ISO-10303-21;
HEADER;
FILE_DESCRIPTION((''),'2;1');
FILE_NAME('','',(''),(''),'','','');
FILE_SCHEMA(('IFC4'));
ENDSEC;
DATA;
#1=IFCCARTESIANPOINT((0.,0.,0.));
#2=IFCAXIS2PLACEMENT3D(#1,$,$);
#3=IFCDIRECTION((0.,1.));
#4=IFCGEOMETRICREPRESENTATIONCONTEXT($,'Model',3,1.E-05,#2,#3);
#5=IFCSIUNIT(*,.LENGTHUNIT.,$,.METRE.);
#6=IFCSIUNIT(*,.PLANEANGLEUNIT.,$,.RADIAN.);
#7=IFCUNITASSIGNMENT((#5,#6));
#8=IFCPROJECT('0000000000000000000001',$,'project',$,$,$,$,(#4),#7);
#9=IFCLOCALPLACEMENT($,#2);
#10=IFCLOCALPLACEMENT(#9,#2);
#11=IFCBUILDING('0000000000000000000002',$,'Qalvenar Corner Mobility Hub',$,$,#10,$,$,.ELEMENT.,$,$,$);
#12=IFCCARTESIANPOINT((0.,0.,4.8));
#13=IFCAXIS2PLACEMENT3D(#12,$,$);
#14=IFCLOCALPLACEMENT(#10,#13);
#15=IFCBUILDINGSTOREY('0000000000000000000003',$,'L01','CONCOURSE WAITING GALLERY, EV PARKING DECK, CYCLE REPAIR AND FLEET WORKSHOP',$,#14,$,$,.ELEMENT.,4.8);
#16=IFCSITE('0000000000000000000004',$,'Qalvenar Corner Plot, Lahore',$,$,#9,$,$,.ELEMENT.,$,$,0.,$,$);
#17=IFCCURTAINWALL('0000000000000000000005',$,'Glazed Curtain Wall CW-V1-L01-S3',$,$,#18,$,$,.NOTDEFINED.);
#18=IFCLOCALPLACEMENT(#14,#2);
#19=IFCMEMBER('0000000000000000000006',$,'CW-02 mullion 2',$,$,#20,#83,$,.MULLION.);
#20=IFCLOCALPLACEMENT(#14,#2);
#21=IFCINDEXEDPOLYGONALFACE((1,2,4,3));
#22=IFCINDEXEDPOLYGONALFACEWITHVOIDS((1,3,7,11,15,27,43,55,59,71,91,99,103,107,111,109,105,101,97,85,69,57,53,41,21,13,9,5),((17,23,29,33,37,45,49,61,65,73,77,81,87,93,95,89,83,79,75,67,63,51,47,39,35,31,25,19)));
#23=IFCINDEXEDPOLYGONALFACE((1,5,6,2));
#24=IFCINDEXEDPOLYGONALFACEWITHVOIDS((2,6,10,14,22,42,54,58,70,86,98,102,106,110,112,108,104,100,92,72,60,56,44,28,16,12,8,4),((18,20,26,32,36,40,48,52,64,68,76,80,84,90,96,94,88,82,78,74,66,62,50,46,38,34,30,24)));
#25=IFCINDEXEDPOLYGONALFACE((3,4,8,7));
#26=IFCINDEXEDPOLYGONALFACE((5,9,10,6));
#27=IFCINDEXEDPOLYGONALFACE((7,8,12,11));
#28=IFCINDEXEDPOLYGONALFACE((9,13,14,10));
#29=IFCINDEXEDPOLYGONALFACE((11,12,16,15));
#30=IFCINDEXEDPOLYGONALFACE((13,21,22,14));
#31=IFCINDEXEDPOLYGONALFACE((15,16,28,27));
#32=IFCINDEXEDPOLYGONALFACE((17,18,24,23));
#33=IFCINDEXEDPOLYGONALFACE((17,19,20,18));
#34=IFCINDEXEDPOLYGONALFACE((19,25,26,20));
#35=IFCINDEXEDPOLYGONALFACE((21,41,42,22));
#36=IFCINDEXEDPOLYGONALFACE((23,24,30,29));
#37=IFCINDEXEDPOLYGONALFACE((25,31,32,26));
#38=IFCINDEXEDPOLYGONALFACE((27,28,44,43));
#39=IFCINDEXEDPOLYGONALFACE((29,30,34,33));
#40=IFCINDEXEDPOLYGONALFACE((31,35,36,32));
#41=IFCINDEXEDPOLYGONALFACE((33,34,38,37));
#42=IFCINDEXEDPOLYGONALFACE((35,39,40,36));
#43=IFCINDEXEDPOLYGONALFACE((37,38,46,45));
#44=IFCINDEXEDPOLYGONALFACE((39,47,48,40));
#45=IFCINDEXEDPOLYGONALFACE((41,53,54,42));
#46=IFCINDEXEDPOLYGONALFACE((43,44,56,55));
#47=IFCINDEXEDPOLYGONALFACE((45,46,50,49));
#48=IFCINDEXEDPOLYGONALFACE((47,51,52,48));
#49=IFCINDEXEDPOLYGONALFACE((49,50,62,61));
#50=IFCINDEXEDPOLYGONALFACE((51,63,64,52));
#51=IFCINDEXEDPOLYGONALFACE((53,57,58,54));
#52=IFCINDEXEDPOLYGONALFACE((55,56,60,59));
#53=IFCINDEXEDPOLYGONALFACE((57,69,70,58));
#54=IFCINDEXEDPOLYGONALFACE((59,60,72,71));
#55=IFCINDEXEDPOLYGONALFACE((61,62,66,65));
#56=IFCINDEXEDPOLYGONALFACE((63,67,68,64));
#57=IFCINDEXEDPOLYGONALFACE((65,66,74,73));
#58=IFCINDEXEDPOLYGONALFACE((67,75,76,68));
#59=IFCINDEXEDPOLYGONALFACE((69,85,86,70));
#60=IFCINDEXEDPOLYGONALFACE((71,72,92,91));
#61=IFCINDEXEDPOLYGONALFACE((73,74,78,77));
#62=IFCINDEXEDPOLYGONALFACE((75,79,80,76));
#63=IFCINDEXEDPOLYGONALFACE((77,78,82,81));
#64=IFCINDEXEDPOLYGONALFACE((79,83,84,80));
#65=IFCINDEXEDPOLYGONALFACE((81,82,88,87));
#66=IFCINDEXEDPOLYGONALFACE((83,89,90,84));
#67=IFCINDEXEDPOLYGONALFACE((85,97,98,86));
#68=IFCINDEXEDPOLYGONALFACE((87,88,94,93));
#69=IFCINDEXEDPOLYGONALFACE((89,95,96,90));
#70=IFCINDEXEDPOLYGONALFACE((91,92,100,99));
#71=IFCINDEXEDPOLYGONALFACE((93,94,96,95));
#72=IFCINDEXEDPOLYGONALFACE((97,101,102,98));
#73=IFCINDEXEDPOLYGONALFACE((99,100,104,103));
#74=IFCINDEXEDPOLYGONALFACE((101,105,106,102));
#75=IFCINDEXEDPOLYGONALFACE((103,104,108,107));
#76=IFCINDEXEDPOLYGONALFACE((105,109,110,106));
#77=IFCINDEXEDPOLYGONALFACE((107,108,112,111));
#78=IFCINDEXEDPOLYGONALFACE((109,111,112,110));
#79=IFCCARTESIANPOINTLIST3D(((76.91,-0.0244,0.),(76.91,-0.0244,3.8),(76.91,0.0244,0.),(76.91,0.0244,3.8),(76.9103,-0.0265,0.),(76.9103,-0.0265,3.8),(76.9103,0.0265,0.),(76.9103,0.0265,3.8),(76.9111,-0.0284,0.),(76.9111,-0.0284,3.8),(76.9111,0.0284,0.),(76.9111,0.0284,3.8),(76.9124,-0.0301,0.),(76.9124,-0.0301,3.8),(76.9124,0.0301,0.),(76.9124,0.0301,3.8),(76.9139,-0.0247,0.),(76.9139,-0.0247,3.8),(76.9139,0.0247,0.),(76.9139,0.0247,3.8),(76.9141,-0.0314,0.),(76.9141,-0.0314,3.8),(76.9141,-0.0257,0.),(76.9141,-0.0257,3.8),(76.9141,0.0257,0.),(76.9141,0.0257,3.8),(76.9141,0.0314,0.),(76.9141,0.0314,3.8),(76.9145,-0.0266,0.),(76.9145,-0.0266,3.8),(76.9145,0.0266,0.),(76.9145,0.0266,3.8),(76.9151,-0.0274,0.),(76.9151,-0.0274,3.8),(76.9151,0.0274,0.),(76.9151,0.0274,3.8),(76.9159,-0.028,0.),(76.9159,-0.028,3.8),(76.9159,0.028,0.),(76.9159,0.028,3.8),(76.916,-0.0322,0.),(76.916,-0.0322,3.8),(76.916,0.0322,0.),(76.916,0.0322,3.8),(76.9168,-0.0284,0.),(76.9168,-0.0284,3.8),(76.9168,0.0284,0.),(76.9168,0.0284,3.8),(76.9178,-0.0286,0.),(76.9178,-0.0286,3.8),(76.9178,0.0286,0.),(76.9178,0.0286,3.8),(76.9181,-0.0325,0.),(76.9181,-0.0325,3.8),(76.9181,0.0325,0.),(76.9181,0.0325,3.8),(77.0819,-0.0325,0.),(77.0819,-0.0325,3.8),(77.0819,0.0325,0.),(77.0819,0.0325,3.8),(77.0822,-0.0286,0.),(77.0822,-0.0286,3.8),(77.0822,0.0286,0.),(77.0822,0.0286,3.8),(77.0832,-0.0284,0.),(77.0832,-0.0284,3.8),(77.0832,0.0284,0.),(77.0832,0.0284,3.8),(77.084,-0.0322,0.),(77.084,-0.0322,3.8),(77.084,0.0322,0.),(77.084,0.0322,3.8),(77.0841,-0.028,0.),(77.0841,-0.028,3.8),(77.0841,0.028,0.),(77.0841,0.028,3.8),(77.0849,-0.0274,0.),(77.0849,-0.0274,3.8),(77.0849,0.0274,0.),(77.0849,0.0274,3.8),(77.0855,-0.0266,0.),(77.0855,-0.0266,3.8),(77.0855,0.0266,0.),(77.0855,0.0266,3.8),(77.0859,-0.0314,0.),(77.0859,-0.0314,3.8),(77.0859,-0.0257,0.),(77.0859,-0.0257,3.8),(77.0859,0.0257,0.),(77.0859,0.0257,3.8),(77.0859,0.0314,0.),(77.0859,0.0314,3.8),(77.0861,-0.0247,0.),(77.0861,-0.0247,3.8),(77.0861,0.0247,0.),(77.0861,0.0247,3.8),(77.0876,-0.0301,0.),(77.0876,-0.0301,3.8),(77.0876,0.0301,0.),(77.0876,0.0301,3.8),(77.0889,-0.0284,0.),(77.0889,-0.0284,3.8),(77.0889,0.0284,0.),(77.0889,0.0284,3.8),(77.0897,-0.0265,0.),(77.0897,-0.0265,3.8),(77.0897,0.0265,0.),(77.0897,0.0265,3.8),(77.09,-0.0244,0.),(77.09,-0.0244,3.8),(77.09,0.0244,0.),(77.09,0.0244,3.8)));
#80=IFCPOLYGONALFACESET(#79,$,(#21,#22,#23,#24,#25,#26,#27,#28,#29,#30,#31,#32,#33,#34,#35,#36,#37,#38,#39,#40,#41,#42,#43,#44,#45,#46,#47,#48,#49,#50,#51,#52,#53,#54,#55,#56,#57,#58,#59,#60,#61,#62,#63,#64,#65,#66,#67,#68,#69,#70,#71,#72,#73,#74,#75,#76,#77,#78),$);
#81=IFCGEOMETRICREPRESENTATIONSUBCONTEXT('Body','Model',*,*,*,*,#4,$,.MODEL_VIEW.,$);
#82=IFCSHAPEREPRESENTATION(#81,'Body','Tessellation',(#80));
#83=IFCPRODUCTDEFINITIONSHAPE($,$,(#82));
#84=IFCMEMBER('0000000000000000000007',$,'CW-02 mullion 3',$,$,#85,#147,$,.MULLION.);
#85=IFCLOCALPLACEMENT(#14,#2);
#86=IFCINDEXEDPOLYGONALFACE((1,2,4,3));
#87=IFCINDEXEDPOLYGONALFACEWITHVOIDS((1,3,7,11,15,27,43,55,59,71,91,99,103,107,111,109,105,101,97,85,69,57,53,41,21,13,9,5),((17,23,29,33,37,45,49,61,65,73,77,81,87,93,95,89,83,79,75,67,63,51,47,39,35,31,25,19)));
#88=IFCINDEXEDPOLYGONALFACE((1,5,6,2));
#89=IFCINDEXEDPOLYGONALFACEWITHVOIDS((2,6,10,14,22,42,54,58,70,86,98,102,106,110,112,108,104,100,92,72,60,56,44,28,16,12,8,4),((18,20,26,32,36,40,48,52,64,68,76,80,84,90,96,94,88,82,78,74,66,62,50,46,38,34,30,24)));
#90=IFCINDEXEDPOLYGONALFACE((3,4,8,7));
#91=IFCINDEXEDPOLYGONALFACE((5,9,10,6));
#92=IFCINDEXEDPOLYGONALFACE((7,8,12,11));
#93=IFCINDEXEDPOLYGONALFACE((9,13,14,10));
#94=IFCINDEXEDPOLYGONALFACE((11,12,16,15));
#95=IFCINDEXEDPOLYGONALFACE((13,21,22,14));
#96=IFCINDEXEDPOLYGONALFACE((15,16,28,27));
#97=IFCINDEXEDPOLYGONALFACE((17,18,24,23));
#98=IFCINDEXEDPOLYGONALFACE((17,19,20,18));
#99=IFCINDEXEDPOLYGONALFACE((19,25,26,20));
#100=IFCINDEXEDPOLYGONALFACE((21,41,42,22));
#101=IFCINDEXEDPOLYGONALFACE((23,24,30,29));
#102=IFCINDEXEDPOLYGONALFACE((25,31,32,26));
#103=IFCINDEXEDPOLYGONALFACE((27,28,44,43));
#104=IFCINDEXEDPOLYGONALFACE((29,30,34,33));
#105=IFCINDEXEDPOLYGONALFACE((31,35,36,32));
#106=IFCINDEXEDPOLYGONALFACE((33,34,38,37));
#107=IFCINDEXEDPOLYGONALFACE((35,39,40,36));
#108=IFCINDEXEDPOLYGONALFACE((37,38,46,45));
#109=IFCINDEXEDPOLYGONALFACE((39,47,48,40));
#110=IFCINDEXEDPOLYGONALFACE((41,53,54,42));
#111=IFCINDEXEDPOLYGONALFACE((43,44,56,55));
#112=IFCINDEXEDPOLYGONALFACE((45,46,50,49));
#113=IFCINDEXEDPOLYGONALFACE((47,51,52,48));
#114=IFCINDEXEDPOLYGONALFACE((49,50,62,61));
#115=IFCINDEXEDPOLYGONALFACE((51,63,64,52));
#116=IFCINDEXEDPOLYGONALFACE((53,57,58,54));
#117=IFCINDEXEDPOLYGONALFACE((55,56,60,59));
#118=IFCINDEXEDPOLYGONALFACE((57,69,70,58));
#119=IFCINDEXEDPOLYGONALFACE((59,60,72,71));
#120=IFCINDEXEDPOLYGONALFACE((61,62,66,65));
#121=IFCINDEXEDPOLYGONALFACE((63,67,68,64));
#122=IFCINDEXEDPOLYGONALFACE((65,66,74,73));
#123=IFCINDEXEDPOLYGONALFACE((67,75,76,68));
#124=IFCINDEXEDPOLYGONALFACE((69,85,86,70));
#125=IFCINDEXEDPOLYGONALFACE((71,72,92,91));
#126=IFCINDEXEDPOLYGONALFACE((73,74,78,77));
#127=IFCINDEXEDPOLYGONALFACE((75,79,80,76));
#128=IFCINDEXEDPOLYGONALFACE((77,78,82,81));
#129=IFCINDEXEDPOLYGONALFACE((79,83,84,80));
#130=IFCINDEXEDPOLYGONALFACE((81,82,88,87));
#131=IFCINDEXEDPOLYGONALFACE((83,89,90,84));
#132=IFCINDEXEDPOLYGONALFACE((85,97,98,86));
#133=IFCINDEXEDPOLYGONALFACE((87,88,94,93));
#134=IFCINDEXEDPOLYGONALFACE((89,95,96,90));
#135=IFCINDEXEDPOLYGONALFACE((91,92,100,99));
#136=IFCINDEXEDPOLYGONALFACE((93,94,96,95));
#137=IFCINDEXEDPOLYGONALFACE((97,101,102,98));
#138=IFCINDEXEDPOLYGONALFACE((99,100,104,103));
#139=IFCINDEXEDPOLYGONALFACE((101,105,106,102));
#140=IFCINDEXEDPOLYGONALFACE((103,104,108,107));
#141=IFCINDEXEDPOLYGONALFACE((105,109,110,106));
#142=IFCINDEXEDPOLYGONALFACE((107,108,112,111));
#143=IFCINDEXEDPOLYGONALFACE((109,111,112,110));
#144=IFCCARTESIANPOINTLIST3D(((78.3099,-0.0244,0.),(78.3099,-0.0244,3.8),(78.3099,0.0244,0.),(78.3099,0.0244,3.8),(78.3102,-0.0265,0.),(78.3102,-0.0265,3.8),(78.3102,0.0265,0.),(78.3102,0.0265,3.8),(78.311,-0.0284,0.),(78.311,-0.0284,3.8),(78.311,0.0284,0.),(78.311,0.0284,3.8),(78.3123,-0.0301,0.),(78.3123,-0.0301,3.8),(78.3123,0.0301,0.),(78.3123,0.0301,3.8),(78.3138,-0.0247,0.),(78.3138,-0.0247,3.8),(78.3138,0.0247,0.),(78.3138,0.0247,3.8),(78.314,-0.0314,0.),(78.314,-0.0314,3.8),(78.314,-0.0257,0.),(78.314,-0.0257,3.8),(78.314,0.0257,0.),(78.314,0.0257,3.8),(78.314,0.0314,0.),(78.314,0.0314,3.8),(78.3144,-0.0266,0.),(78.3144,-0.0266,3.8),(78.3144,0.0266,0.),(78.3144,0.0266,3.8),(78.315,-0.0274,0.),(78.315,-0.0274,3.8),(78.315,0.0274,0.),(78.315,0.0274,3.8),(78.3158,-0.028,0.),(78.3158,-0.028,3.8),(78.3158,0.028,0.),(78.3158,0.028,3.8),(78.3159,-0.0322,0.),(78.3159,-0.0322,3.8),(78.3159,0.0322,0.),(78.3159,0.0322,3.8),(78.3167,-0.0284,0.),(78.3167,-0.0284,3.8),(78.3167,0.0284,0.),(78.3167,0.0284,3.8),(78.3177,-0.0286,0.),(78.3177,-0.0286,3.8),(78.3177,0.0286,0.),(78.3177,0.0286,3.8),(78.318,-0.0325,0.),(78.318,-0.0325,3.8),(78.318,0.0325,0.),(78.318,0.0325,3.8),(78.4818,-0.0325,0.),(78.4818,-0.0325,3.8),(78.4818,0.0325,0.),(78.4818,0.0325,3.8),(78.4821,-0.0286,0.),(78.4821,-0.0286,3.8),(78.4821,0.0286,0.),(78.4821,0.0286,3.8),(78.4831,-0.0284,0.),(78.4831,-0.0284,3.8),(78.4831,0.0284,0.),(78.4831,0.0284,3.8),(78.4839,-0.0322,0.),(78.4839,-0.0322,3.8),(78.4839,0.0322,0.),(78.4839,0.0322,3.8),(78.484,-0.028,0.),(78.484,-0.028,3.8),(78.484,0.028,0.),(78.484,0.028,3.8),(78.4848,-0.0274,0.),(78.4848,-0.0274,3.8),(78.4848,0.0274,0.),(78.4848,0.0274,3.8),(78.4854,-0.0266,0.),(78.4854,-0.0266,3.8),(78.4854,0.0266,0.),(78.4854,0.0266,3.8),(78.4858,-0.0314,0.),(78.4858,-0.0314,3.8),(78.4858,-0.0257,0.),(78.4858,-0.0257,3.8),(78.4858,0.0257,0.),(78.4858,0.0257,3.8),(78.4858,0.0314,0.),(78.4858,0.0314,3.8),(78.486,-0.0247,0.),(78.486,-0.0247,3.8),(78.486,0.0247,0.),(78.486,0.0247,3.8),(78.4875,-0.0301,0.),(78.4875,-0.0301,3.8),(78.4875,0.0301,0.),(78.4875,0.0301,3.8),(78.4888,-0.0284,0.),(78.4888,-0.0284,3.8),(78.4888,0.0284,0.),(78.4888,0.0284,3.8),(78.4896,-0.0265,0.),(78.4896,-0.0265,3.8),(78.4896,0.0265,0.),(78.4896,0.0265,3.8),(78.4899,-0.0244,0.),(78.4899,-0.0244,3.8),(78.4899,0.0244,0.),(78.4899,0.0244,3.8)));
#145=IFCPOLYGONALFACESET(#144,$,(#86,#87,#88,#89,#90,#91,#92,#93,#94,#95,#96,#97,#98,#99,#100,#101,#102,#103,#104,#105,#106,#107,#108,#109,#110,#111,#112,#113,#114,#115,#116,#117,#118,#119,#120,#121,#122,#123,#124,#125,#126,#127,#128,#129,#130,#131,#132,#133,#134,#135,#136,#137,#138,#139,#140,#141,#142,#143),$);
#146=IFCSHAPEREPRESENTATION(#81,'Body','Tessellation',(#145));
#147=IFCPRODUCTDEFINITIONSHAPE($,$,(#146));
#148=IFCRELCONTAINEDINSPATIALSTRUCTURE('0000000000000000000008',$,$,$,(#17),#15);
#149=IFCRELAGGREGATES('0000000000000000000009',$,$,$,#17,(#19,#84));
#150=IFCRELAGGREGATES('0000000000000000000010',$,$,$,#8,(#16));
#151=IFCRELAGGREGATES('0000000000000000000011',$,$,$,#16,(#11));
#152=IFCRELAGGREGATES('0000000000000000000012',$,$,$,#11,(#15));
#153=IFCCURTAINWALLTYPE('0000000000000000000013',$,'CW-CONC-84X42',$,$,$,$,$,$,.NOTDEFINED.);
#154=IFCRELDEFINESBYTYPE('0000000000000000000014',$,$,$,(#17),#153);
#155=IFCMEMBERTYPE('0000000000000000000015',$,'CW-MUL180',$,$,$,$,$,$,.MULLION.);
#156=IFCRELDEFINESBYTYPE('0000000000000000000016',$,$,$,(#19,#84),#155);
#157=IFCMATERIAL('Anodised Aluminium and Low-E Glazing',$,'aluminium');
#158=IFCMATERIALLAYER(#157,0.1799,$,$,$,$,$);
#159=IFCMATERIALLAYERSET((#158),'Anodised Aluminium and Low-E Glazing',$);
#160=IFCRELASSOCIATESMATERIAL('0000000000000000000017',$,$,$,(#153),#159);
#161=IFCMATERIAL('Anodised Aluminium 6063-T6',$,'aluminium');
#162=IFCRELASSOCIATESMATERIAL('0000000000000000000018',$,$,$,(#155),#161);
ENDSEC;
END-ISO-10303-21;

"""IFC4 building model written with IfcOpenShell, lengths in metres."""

from ifc_helpers import new_model, si_unit, direction, frame, origin, origin_2d, place, context, subcontext, project, spatial, hollow_rectangle, extrude, material, layer, layer_set, material_profile, profile_set, type_object, element, aggregate, save


model = new_model("IFC4")

# Units and contexts
model_context = context("Model", 3, precision=1e-05, world=origin(), true_north=direction((0.0, 1.0)))
body_context = subcontext(model_context, "Body", "Model", "MODEL_VIEW")
ifc_project = project(units=[si_unit("LENGTHUNIT", "METRE"), si_unit("PLANEANGLEUNIT", "RADIAN")], contexts=[model_context])

# Site, building, storey
site_placement = place(None, origin())
site = spatial("IfcSite", under=ifc_project, at=site_placement, Name="Qalvenar Corner Plot, Lahore", CompositionType="ELEMENT", RefElevation=0.0)
building_placement = place(site_placement, origin())
building = spatial("IfcBuilding", under=site, at=building_placement, Name="Qalvenar Corner Mobility Hub", CompositionType="ELEMENT")
storey_placement = place(building_placement, frame((0.0, 0.0, 4.8)))
storey = spatial("IfcBuildingStorey", under=building, at=storey_placement, Name="L01", Description="CONCOURSE WAITING GALLERY, EV PARKING DECK, CYCLE REPAIR AND FLEET WORKSHOP", CompositionType="ELEMENT", Elevation=4.8)

# Curtain wall, members
ifc_material_1 = material(Name="Anodised Aluminium and Low-E Glazing", Category="aluminium")
ifc_layer_1 = layer(ifc_material_1, 0.1799)
ifc_layer_set_1 = layer_set([ifc_layer_1], Name="Anodised Aluminium and Low-E Glazing")
curtain_wall_type = type_object("IfcCurtainWallType", Name="CW-CONC-84X42", PredefinedType="NOTDEFINED", material=ifc_layer_set_1)
curtain_wall_placement = place(storey_placement, origin())
curtain_wall = element("IfcCurtainWall", 1, at=curtain_wall_placement, inside=storey, type_object=curtain_wall_type, Name="Glazed Curtain Wall CW-V1-L01-S3", PredefinedType="NOTDEFINED")
ifc_material_2 = material(Name="Anodised Aluminium 6063-T6", Category="aluminium")
ifc_material_profile_1 = material_profile(ifc_material_2, hollow_rectangle(XDim=0.0649, YDim=0.1799, WallThickness=0.0039, InnerFilletRadius=0.0039, OuterFilletRadius=0.0081, at=origin_2d()), Name="RHS180x65x4")
ifc_profile_set_1 = profile_set([ifc_material_profile_1], Name="Anodised Aluminium 6063-T6")
member_type_1 = type_object("IfcMemberType", Name="CW-MUL180", PredefinedType="MULLION", material=ifc_profile_set_1)
member_1_placement = place(storey_placement, frame((77.0, 0.0, 0.0), z_axis=(0.0, 0.0, 1.0), x_axis=(0.0, 1.0, 0.0)))
member_1 = element("IfcMember", 2, at=member_1_placement, type_object=member_type_1, Name="CW-02 mullion 2", PredefinedType="MULLION", context=body_context, shape_type="SweptSolid", body=[
    extrude(hollow_rectangle(XDim=0.0649, YDim=0.1799, WallThickness=0.0039, InnerFilletRadius=0.0039, OuterFilletRadius=0.0081, at=origin_2d()), origin(), (0.0, 0.0, 1.0), 3.8),
])
member_2_placement = place(storey_placement, frame((78.3999, 0.0, 0.0), z_axis=(0.0, 0.0, 1.0), x_axis=(0.0, 1.0, 0.0)))
member_2 = element("IfcMember", 3, at=member_2_placement, type_object=member_type_1, Name="CW-02 mullion 3", PredefinedType="MULLION", context=body_context, shape_type="SweptSolid", body=[
    extrude(hollow_rectangle(XDim=0.0649, YDim=0.1799, WallThickness=0.0039, InnerFilletRadius=0.0039, OuterFilletRadius=0.0081, at=origin_2d()), origin(), (0.0, 0.0, 1.0), 3.8),
])
aggregate(curtain_wall, [member_1, member_2])

save(model, "model.ifc")
